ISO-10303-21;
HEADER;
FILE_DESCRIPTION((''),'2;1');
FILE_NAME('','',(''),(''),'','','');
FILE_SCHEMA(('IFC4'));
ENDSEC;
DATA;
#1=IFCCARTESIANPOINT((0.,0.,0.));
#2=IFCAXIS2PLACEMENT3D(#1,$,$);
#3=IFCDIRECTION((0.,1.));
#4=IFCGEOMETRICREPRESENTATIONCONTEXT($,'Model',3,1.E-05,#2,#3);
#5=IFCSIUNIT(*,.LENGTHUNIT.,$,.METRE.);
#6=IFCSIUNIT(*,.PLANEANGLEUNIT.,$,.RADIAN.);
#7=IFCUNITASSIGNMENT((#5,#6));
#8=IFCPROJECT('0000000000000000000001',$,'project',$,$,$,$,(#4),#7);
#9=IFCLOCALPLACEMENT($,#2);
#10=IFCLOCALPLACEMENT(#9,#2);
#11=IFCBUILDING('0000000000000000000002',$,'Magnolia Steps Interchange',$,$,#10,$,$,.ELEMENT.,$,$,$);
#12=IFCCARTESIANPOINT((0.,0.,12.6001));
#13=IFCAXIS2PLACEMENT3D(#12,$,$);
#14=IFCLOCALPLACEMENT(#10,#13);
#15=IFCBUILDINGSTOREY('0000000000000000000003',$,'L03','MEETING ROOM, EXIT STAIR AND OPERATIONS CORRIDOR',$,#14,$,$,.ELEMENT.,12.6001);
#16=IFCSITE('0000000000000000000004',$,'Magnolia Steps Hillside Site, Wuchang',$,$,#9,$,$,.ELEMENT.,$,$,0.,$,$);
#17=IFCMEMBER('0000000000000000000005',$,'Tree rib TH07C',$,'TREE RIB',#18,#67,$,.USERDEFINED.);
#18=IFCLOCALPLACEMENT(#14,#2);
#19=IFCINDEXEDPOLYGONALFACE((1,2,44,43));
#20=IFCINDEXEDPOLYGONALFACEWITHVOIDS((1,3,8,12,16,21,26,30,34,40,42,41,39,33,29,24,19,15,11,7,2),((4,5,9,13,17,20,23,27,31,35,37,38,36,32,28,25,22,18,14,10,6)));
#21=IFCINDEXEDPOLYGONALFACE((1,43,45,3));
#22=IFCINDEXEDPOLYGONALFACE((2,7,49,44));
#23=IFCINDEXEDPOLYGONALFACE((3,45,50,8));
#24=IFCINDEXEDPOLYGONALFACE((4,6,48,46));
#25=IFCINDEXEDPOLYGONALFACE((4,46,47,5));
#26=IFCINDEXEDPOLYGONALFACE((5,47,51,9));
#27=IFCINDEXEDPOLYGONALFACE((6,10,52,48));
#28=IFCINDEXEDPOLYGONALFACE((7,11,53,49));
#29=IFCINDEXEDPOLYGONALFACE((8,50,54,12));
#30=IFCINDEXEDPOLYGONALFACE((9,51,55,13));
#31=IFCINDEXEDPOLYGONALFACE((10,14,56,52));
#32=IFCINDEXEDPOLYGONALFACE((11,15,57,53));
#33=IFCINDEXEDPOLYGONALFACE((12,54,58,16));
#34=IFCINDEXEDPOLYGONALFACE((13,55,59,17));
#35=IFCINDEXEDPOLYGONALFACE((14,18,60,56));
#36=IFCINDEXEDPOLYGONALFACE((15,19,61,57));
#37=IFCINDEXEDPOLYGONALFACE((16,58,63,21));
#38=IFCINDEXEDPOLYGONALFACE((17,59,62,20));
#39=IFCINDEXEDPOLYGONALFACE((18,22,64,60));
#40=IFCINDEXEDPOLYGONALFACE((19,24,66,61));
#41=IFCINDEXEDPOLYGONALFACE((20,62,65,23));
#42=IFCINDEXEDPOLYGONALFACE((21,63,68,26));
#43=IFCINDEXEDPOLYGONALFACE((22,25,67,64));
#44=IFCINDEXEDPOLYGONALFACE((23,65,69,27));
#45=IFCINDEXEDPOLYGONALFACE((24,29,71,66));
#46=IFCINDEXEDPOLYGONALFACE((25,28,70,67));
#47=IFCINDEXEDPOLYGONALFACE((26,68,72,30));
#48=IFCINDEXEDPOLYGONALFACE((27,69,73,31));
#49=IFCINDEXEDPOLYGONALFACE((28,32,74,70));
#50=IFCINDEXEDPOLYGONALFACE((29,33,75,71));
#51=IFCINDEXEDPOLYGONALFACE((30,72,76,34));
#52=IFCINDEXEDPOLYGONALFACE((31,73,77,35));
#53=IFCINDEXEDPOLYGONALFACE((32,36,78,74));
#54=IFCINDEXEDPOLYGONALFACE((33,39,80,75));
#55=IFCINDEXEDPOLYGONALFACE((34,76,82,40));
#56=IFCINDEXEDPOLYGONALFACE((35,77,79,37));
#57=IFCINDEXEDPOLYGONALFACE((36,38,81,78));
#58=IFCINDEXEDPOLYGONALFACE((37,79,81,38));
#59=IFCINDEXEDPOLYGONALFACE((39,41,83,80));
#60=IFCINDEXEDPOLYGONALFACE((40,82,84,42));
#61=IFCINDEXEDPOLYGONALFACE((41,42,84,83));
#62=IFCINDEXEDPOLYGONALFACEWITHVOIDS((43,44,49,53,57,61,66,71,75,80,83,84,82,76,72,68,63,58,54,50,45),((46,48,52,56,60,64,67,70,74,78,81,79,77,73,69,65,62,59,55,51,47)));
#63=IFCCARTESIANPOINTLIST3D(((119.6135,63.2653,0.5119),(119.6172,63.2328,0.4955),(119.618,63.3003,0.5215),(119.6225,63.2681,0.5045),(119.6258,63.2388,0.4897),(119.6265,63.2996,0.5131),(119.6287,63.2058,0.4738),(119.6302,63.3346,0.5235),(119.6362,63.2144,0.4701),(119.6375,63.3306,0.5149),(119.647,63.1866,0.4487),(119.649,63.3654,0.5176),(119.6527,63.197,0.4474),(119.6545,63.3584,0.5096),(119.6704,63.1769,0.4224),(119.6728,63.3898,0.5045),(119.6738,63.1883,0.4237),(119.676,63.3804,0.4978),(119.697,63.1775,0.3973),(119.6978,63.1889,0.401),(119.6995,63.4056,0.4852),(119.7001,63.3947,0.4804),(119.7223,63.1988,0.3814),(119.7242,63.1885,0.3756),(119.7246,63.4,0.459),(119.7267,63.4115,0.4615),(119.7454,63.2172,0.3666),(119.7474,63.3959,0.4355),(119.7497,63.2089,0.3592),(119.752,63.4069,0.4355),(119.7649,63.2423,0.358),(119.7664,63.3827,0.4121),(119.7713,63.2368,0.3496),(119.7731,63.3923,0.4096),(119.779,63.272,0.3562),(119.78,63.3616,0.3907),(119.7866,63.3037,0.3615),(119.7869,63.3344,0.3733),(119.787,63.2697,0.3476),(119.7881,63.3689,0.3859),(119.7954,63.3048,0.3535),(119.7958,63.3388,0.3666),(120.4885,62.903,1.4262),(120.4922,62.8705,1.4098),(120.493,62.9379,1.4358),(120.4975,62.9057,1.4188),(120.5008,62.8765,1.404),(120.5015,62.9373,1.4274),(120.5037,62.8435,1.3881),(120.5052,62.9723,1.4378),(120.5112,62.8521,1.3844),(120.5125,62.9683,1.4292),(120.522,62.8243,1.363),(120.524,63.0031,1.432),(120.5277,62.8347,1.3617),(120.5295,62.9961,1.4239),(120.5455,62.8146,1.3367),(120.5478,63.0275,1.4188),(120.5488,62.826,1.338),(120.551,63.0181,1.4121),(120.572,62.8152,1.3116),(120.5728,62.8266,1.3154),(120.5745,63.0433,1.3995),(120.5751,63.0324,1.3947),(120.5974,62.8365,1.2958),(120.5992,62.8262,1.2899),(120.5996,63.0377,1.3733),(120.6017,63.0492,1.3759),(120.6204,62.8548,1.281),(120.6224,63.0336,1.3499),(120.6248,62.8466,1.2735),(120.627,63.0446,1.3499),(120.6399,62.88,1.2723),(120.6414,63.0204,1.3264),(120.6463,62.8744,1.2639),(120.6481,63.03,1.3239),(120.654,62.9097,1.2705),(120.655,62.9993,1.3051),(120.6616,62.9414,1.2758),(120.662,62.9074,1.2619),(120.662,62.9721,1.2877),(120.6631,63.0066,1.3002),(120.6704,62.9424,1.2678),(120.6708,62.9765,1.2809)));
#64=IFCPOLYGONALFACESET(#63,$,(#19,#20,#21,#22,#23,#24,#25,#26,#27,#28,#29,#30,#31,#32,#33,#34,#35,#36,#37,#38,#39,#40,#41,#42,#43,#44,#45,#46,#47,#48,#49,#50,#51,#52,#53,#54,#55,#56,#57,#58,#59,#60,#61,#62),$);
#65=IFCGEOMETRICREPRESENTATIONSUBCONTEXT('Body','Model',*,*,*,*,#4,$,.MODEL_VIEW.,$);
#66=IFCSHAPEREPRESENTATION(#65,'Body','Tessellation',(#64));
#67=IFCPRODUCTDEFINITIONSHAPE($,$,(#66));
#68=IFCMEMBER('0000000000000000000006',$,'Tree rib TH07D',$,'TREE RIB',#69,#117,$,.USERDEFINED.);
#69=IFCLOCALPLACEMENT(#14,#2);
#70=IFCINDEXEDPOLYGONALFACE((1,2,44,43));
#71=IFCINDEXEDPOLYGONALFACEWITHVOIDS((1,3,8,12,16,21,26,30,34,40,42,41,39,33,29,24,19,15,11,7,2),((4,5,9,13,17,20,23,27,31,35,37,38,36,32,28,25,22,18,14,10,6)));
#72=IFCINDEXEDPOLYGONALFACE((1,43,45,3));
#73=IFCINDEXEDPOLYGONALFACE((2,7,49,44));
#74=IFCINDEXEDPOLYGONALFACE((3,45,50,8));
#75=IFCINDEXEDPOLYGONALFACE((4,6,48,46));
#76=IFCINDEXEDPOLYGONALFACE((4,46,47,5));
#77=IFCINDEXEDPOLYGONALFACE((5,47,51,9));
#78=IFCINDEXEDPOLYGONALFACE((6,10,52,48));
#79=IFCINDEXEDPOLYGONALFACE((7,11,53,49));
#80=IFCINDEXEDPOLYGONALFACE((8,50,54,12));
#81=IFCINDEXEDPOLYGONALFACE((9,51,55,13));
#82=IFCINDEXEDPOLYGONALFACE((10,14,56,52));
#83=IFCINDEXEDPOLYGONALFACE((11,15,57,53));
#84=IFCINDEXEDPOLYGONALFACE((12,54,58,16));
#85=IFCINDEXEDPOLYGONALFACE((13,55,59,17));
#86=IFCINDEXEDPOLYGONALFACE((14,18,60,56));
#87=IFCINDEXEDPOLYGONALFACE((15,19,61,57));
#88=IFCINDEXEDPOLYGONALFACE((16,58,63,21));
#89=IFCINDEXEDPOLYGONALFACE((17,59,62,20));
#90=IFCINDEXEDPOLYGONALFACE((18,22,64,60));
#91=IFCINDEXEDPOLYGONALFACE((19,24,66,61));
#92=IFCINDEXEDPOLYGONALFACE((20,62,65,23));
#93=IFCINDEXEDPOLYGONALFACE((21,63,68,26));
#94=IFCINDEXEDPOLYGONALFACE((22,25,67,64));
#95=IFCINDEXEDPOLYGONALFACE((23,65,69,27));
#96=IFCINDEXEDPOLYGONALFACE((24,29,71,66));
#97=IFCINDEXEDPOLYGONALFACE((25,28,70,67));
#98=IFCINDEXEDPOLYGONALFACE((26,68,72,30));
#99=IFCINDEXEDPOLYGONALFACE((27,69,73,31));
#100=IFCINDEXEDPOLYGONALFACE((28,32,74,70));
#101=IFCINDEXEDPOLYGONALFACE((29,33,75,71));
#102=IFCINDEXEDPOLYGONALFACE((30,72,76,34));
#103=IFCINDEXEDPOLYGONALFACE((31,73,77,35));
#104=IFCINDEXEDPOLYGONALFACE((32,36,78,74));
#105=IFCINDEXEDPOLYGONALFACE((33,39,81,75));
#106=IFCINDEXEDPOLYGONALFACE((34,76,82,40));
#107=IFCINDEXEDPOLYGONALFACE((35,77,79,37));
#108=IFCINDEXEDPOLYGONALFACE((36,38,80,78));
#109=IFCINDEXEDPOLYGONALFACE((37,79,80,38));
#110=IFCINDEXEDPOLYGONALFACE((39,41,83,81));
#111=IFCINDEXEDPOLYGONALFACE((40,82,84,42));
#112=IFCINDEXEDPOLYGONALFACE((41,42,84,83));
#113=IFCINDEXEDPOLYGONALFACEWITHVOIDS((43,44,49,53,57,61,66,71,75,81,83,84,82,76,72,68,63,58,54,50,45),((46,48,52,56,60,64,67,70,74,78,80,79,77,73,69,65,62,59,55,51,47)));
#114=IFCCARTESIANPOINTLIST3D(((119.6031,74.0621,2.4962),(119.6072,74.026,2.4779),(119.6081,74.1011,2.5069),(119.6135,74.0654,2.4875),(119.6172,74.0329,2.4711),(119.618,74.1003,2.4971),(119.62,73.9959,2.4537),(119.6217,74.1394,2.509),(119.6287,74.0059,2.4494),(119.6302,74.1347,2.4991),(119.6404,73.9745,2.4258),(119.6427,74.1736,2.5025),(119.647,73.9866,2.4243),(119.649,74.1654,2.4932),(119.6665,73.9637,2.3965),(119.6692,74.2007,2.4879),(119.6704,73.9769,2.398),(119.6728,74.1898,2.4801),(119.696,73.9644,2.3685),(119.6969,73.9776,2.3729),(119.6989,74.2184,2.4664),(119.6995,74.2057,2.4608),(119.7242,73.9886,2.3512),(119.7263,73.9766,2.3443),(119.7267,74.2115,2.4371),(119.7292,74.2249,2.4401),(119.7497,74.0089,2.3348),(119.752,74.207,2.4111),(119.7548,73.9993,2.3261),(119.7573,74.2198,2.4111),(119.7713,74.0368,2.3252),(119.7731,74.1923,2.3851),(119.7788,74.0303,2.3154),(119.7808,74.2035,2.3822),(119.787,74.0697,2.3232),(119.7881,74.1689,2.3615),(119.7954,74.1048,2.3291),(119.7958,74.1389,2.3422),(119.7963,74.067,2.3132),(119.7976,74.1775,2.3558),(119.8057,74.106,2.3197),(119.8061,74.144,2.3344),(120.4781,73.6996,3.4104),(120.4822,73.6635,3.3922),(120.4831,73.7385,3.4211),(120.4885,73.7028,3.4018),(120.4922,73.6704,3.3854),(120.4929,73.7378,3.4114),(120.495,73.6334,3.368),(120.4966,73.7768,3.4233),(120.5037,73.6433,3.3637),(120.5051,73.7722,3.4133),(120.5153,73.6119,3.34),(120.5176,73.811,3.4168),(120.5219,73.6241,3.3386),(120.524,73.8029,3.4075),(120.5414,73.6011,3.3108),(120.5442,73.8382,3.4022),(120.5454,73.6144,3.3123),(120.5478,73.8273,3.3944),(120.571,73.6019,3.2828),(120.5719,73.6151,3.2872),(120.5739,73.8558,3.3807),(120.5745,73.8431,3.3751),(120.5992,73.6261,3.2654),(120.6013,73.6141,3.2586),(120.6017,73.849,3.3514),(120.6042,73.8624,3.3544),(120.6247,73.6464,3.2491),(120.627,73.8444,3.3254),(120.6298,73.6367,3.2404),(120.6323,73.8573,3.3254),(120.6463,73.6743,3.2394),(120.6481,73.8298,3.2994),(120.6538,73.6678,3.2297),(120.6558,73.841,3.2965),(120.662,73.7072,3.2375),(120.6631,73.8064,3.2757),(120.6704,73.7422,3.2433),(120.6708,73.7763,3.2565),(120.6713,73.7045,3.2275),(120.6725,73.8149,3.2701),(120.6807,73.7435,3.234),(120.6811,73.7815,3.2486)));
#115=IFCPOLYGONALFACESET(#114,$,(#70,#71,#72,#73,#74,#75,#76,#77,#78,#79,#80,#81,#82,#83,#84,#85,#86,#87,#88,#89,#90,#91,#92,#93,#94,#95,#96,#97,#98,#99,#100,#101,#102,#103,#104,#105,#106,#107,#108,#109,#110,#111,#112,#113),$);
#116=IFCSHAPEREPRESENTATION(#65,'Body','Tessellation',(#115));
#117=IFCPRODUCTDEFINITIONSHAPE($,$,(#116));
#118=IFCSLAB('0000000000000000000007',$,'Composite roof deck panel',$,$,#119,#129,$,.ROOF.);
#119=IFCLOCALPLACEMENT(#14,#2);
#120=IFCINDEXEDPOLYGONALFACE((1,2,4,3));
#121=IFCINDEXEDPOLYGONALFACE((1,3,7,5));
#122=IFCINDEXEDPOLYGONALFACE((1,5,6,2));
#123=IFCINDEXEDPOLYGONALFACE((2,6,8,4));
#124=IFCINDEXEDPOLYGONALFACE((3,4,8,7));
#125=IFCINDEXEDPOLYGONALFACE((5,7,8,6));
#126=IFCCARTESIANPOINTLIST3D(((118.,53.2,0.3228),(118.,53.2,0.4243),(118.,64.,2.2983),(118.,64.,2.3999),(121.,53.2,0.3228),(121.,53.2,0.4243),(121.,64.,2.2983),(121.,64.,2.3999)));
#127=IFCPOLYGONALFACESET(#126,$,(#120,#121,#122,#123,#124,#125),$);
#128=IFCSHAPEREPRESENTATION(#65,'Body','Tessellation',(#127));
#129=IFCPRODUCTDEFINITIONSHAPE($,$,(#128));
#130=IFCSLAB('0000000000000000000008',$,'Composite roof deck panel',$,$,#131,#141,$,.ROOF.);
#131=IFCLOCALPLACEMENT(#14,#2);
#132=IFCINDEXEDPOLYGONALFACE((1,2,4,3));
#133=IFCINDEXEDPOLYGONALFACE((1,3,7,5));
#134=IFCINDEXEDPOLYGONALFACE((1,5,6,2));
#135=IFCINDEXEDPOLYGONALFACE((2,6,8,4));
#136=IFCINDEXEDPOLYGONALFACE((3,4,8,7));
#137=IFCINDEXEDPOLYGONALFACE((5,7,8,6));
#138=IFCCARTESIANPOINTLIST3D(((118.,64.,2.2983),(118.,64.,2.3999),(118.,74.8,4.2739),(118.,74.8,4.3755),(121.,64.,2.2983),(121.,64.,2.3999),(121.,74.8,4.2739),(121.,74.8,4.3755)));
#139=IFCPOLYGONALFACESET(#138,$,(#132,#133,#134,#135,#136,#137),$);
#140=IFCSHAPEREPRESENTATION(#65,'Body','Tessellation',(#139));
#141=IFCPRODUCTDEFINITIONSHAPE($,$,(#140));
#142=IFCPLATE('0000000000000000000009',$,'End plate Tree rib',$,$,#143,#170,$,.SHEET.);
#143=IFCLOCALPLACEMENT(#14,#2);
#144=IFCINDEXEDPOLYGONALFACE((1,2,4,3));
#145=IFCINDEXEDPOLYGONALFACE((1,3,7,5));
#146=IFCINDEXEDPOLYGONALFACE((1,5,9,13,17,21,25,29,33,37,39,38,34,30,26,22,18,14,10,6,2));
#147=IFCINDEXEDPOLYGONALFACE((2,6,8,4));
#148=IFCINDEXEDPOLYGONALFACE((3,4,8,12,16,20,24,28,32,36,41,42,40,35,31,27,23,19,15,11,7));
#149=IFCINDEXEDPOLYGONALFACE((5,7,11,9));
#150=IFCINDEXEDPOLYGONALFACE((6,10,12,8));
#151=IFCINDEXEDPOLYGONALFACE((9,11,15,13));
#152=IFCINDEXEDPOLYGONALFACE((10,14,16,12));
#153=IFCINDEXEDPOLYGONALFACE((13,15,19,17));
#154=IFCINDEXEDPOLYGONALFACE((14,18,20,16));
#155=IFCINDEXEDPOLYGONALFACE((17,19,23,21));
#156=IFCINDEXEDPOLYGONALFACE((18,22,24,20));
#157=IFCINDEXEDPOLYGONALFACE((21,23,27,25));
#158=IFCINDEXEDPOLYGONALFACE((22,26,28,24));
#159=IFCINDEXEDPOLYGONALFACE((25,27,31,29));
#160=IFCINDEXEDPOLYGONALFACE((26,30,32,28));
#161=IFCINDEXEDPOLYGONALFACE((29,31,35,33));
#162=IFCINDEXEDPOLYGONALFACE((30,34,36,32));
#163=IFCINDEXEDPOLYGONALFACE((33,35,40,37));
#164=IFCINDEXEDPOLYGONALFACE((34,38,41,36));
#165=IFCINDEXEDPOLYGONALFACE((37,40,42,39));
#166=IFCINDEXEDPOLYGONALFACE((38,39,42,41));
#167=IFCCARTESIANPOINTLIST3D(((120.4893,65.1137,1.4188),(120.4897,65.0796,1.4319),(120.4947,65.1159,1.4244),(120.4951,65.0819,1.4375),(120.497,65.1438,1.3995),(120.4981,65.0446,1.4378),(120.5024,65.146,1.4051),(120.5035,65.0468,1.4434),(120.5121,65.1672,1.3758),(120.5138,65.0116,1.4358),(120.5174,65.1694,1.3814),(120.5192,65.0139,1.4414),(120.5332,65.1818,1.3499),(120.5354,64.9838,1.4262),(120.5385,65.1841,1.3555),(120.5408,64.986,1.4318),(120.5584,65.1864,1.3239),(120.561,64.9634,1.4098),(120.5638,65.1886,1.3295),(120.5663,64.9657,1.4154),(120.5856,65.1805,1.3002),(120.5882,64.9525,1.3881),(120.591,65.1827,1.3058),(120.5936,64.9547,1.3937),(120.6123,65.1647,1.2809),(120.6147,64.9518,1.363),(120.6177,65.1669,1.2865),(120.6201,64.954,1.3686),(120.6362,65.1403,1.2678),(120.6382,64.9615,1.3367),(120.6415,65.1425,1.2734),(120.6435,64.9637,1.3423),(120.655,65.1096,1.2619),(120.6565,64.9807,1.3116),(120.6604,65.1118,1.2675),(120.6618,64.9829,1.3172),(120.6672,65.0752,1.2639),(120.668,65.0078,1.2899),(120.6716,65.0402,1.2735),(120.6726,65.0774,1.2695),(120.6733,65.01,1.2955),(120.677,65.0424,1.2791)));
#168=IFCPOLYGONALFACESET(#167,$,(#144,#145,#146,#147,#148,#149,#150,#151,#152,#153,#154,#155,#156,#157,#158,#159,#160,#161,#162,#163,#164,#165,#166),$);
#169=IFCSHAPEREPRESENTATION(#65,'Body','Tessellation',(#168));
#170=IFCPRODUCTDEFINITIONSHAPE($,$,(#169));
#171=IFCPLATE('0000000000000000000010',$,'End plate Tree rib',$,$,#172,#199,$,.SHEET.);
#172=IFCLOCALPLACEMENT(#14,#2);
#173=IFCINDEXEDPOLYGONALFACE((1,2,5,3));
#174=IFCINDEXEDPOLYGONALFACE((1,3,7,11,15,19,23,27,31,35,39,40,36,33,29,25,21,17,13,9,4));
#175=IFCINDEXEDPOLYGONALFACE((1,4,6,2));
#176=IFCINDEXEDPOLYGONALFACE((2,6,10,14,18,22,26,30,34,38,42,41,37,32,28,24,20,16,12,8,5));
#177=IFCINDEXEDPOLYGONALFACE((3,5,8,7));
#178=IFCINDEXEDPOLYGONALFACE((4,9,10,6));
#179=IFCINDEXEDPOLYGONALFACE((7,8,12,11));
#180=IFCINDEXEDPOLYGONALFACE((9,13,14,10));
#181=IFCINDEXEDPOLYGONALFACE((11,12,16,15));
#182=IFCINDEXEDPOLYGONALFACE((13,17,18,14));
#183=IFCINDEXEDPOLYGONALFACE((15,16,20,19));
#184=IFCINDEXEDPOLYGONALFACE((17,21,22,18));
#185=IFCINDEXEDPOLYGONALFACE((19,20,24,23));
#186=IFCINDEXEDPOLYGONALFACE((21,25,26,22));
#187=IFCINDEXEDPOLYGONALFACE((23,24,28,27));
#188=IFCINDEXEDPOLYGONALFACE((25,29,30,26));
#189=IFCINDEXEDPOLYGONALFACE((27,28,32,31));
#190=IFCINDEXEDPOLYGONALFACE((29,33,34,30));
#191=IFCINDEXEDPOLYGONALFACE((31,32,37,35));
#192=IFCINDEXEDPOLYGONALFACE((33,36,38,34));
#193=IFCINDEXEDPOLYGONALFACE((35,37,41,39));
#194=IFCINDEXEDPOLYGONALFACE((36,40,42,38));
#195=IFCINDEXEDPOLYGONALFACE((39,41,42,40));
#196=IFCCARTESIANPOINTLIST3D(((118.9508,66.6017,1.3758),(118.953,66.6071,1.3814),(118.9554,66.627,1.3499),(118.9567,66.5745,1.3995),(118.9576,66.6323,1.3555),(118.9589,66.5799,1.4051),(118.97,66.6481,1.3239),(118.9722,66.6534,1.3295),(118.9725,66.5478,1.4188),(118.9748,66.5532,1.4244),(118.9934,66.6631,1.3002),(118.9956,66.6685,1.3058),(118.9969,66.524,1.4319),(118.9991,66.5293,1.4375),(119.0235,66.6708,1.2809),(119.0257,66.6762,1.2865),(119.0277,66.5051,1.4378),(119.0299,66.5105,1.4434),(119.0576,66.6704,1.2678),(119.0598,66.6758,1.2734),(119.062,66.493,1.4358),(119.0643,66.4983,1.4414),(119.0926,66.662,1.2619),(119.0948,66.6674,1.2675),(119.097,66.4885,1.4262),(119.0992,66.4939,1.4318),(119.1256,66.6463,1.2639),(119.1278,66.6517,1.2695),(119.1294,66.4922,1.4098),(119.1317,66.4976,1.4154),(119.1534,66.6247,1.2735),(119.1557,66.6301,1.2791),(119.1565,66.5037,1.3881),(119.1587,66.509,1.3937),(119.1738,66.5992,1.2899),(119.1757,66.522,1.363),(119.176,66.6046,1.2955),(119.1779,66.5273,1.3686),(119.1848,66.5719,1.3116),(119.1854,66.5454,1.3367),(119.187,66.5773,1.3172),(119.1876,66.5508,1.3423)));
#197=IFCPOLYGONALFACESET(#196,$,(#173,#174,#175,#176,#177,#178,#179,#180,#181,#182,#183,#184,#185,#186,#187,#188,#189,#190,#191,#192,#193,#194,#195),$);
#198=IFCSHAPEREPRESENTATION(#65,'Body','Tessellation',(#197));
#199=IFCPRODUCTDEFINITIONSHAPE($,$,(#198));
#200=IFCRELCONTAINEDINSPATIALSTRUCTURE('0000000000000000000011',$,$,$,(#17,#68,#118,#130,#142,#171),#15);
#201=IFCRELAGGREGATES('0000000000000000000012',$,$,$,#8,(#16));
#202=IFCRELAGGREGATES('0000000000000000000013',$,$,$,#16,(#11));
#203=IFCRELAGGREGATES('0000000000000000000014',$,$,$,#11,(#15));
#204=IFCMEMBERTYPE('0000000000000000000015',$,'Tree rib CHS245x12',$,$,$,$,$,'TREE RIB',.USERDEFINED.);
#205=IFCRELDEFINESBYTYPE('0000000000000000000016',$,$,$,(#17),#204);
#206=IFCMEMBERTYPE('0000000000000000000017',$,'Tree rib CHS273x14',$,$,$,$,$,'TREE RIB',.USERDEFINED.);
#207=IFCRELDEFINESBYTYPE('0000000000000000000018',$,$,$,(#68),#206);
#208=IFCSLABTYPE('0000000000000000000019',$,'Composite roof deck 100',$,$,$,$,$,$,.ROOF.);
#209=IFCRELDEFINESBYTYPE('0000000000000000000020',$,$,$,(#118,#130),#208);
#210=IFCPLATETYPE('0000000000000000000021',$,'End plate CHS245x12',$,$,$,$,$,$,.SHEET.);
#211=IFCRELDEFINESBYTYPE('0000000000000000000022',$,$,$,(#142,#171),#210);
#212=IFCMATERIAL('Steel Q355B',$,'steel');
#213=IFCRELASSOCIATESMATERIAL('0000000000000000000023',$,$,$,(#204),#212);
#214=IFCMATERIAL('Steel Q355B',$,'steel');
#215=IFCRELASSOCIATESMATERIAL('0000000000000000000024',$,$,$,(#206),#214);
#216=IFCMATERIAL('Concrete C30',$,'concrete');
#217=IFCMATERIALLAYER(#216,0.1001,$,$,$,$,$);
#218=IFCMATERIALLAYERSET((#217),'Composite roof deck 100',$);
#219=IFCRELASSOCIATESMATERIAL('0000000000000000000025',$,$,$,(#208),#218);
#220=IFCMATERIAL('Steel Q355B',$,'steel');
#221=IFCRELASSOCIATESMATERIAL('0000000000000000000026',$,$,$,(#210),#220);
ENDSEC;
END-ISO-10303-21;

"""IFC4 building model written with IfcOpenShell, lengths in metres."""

from ifc_helpers import new_model, si_unit, direction, frame, origin, origin_2d, place, context, subcontext, project, spatial, polyline, circle, hollow_circle, outline, extrude, material, layer, layer_set, material_profile, profile_set, type_object, element, save


model = new_model("IFC4")

# Units and contexts
model_context = context("Model", 3, precision=1e-05, world=origin(), true_north=direction((0.0, 1.0)))
body_context = subcontext(model_context, "Body", "Model", "MODEL_VIEW")
ifc_project = project(units=[si_unit("LENGTHUNIT", "METRE"), si_unit("PLANEANGLEUNIT", "RADIAN")], contexts=[model_context])

# Site, building, storey
site_placement = place(None, origin())
site = spatial("IfcSite", under=ifc_project, at=site_placement, Name="Magnolia Steps Hillside Site, Wuchang", CompositionType="ELEMENT", RefElevation=0.0)
building_placement = place(site_placement, origin())
building = spatial("IfcBuilding", under=site, at=building_placement, Name="Magnolia Steps Interchange", CompositionType="ELEMENT")
storey_placement = place(building_placement, frame((0.0, 0.0, 12.6001)))
storey = spatial("IfcBuildingStorey", under=building, at=storey_placement, Name="L03", Description="MEETING ROOM, EXIT STAIR AND OPERATIONS CORRIDOR", CompositionType="ELEMENT", Elevation=12.6001)

# Members
ifc_material_1 = material(Name="Steel Q355B", Category="steel")
ifc_material_profile_1 = material_profile(ifc_material_1, hollow_circle(Radius=0.1226, WallThickness=0.012, at=origin_2d()), Name="CHS245x12")
ifc_profile_set_1 = profile_set([ifc_material_profile_1], Name="Steel Q355B")
member_type_1 = type_object("IfcMemberType", Name="Tree rib CHS245x12", ElementType="TREE RIB", PredefinedType="USERDEFINED", material=ifc_profile_set_1)
for number, where, z_axis, x_axis, name in (
    (1, (119.7051, 63.2937, 0.4355), (0.664704, -0.275229, 0.694563), (0.382564, 0.923929, 0.0), "Tree rib TH07C"),
):
    element("IfcMember", number, at=place(storey_placement, frame(where, z_axis=z_axis, x_axis=x_axis)), inside=storey, type_object=member_type_1, Name=name, ObjectType="TREE RIB", PredefinedType="USERDEFINED", context=body_context, shape_type="SweptSolid", body=[
        extrude(hollow_circle(Radius=0.1226, WallThickness=0.012, at=origin_2d()), origin(), (0.0, 0.0, 1.0), 1.3164),
    ])
ifc_material_2 = material(Name="Steel Q355B", Category="steel")
ifc_material_profile_2 = material_profile(ifc_material_2, hollow_circle(Radius=0.1365, WallThickness=0.0139, at=origin_2d()), Name="CHS273x14")
ifc_profile_set_2 = profile_set([ifc_material_profile_2], Name="Steel Q355B")
member_type_2 = type_object("IfcMemberType", Name="Tree rib CHS273x14", ElementType="TREE RIB", PredefinedType="USERDEFINED", material=ifc_profile_set_2)
member_1_placement = place(storey_placement, frame((119.7051, 74.0938, 2.4111), z_axis=(0.66467, -0.2754, 0.694528), x_axis=(0.382784, 0.923838, 0.0)))
element("IfcMember", 2, at=member_1_placement, inside=storey, type_object=member_type_2, Name="Tree rib TH07D", ObjectType="TREE RIB", PredefinedType="USERDEFINED", context=body_context, shape_type="SweptSolid", body=[
    extrude(hollow_circle(Radius=0.1365, WallThickness=0.0139, at=origin_2d()), origin(), (0.0, 0.0, 1.0), 1.3164),
])

# Slabs
ifc_material_3 = material(Name="Concrete C30", Category="concrete")
ifc_layer_1 = layer(ifc_material_3, 0.1001)
ifc_layer_set_1 = layer_set([ifc_layer_1], Name="Composite roof deck 100")
slab_type = type_object("IfcSlabType", Name="Composite roof deck 100", PredefinedType="ROOF", material=ifc_layer_set_1)
for number, where, z_axis, x_axis, name in (
    (3, (121.0, 64.0, 2.3999), (0.0, -0.179938, 0.983678), (-1.0, 0.0, 0.0), "Composite roof deck panel"),
    (4, (121.0, 74.8, 4.3755), (0.0, -0.179938, 0.983678), (-1.0, 0.0, 0.0), "Composite roof deck panel"),
):
    element("IfcSlab", number, at=place(storey_placement, frame(where, z_axis=z_axis, x_axis=x_axis)), inside=storey, type_object=slab_type, Name=name, PredefinedType="ROOF", context=body_context, shape_type="SweptSolid", body=[
        extrude(outline(polyline([(0.0, 0.0), (3.0, 0.0), (3.0, 10.9793), (0.0, 10.9793), (0.0, 0.0)])), origin(), (0.0, 0.179938, -0.983678), 0.1016),
    ])

# Plates
ifc_material_4 = material(Name="Steel Q355B", Category="steel")
ifc_material_profile_3 = material_profile(ifc_material_4, circle(Radius=0.1226, at=origin_2d()), Name="End plate CHS245x12")
ifc_profile_set_3 = profile_set([ifc_material_profile_3], Name="Steel Q355B")
plate_type_1 = type_object("IfcPlateType", Name="End plate CHS245x12", PredefinedType="SHEET", material=ifc_profile_set_3)
for number, where, z_axis, x_axis, name in (
    (5, (120.5801, 65.0686, 1.3499), (0.664583, 0.275279, 0.694658), (-0.382683, 0.92388, 0.0), "End plate Tree rib"),
    (6, (119.0686, 66.5801, 1.3499), (0.275279, 0.664583, 0.694658), (-0.92388, 0.382683, 0.0), "End plate Tree rib"),
):
    element("IfcPlate", number, at=place(storey_placement, frame(where, z_axis=z_axis, x_axis=x_axis)), inside=storey, type_object=plate_type_1, Name=name, PredefinedType="SHEET", context=body_context, shape_type="SweptSolid", body=[
        extrude(circle(Radius=0.1226, at=origin_2d()), origin(), (0.0, 0.0, 1.0), 0.0081),
    ])

save(model, "model.ifc")
